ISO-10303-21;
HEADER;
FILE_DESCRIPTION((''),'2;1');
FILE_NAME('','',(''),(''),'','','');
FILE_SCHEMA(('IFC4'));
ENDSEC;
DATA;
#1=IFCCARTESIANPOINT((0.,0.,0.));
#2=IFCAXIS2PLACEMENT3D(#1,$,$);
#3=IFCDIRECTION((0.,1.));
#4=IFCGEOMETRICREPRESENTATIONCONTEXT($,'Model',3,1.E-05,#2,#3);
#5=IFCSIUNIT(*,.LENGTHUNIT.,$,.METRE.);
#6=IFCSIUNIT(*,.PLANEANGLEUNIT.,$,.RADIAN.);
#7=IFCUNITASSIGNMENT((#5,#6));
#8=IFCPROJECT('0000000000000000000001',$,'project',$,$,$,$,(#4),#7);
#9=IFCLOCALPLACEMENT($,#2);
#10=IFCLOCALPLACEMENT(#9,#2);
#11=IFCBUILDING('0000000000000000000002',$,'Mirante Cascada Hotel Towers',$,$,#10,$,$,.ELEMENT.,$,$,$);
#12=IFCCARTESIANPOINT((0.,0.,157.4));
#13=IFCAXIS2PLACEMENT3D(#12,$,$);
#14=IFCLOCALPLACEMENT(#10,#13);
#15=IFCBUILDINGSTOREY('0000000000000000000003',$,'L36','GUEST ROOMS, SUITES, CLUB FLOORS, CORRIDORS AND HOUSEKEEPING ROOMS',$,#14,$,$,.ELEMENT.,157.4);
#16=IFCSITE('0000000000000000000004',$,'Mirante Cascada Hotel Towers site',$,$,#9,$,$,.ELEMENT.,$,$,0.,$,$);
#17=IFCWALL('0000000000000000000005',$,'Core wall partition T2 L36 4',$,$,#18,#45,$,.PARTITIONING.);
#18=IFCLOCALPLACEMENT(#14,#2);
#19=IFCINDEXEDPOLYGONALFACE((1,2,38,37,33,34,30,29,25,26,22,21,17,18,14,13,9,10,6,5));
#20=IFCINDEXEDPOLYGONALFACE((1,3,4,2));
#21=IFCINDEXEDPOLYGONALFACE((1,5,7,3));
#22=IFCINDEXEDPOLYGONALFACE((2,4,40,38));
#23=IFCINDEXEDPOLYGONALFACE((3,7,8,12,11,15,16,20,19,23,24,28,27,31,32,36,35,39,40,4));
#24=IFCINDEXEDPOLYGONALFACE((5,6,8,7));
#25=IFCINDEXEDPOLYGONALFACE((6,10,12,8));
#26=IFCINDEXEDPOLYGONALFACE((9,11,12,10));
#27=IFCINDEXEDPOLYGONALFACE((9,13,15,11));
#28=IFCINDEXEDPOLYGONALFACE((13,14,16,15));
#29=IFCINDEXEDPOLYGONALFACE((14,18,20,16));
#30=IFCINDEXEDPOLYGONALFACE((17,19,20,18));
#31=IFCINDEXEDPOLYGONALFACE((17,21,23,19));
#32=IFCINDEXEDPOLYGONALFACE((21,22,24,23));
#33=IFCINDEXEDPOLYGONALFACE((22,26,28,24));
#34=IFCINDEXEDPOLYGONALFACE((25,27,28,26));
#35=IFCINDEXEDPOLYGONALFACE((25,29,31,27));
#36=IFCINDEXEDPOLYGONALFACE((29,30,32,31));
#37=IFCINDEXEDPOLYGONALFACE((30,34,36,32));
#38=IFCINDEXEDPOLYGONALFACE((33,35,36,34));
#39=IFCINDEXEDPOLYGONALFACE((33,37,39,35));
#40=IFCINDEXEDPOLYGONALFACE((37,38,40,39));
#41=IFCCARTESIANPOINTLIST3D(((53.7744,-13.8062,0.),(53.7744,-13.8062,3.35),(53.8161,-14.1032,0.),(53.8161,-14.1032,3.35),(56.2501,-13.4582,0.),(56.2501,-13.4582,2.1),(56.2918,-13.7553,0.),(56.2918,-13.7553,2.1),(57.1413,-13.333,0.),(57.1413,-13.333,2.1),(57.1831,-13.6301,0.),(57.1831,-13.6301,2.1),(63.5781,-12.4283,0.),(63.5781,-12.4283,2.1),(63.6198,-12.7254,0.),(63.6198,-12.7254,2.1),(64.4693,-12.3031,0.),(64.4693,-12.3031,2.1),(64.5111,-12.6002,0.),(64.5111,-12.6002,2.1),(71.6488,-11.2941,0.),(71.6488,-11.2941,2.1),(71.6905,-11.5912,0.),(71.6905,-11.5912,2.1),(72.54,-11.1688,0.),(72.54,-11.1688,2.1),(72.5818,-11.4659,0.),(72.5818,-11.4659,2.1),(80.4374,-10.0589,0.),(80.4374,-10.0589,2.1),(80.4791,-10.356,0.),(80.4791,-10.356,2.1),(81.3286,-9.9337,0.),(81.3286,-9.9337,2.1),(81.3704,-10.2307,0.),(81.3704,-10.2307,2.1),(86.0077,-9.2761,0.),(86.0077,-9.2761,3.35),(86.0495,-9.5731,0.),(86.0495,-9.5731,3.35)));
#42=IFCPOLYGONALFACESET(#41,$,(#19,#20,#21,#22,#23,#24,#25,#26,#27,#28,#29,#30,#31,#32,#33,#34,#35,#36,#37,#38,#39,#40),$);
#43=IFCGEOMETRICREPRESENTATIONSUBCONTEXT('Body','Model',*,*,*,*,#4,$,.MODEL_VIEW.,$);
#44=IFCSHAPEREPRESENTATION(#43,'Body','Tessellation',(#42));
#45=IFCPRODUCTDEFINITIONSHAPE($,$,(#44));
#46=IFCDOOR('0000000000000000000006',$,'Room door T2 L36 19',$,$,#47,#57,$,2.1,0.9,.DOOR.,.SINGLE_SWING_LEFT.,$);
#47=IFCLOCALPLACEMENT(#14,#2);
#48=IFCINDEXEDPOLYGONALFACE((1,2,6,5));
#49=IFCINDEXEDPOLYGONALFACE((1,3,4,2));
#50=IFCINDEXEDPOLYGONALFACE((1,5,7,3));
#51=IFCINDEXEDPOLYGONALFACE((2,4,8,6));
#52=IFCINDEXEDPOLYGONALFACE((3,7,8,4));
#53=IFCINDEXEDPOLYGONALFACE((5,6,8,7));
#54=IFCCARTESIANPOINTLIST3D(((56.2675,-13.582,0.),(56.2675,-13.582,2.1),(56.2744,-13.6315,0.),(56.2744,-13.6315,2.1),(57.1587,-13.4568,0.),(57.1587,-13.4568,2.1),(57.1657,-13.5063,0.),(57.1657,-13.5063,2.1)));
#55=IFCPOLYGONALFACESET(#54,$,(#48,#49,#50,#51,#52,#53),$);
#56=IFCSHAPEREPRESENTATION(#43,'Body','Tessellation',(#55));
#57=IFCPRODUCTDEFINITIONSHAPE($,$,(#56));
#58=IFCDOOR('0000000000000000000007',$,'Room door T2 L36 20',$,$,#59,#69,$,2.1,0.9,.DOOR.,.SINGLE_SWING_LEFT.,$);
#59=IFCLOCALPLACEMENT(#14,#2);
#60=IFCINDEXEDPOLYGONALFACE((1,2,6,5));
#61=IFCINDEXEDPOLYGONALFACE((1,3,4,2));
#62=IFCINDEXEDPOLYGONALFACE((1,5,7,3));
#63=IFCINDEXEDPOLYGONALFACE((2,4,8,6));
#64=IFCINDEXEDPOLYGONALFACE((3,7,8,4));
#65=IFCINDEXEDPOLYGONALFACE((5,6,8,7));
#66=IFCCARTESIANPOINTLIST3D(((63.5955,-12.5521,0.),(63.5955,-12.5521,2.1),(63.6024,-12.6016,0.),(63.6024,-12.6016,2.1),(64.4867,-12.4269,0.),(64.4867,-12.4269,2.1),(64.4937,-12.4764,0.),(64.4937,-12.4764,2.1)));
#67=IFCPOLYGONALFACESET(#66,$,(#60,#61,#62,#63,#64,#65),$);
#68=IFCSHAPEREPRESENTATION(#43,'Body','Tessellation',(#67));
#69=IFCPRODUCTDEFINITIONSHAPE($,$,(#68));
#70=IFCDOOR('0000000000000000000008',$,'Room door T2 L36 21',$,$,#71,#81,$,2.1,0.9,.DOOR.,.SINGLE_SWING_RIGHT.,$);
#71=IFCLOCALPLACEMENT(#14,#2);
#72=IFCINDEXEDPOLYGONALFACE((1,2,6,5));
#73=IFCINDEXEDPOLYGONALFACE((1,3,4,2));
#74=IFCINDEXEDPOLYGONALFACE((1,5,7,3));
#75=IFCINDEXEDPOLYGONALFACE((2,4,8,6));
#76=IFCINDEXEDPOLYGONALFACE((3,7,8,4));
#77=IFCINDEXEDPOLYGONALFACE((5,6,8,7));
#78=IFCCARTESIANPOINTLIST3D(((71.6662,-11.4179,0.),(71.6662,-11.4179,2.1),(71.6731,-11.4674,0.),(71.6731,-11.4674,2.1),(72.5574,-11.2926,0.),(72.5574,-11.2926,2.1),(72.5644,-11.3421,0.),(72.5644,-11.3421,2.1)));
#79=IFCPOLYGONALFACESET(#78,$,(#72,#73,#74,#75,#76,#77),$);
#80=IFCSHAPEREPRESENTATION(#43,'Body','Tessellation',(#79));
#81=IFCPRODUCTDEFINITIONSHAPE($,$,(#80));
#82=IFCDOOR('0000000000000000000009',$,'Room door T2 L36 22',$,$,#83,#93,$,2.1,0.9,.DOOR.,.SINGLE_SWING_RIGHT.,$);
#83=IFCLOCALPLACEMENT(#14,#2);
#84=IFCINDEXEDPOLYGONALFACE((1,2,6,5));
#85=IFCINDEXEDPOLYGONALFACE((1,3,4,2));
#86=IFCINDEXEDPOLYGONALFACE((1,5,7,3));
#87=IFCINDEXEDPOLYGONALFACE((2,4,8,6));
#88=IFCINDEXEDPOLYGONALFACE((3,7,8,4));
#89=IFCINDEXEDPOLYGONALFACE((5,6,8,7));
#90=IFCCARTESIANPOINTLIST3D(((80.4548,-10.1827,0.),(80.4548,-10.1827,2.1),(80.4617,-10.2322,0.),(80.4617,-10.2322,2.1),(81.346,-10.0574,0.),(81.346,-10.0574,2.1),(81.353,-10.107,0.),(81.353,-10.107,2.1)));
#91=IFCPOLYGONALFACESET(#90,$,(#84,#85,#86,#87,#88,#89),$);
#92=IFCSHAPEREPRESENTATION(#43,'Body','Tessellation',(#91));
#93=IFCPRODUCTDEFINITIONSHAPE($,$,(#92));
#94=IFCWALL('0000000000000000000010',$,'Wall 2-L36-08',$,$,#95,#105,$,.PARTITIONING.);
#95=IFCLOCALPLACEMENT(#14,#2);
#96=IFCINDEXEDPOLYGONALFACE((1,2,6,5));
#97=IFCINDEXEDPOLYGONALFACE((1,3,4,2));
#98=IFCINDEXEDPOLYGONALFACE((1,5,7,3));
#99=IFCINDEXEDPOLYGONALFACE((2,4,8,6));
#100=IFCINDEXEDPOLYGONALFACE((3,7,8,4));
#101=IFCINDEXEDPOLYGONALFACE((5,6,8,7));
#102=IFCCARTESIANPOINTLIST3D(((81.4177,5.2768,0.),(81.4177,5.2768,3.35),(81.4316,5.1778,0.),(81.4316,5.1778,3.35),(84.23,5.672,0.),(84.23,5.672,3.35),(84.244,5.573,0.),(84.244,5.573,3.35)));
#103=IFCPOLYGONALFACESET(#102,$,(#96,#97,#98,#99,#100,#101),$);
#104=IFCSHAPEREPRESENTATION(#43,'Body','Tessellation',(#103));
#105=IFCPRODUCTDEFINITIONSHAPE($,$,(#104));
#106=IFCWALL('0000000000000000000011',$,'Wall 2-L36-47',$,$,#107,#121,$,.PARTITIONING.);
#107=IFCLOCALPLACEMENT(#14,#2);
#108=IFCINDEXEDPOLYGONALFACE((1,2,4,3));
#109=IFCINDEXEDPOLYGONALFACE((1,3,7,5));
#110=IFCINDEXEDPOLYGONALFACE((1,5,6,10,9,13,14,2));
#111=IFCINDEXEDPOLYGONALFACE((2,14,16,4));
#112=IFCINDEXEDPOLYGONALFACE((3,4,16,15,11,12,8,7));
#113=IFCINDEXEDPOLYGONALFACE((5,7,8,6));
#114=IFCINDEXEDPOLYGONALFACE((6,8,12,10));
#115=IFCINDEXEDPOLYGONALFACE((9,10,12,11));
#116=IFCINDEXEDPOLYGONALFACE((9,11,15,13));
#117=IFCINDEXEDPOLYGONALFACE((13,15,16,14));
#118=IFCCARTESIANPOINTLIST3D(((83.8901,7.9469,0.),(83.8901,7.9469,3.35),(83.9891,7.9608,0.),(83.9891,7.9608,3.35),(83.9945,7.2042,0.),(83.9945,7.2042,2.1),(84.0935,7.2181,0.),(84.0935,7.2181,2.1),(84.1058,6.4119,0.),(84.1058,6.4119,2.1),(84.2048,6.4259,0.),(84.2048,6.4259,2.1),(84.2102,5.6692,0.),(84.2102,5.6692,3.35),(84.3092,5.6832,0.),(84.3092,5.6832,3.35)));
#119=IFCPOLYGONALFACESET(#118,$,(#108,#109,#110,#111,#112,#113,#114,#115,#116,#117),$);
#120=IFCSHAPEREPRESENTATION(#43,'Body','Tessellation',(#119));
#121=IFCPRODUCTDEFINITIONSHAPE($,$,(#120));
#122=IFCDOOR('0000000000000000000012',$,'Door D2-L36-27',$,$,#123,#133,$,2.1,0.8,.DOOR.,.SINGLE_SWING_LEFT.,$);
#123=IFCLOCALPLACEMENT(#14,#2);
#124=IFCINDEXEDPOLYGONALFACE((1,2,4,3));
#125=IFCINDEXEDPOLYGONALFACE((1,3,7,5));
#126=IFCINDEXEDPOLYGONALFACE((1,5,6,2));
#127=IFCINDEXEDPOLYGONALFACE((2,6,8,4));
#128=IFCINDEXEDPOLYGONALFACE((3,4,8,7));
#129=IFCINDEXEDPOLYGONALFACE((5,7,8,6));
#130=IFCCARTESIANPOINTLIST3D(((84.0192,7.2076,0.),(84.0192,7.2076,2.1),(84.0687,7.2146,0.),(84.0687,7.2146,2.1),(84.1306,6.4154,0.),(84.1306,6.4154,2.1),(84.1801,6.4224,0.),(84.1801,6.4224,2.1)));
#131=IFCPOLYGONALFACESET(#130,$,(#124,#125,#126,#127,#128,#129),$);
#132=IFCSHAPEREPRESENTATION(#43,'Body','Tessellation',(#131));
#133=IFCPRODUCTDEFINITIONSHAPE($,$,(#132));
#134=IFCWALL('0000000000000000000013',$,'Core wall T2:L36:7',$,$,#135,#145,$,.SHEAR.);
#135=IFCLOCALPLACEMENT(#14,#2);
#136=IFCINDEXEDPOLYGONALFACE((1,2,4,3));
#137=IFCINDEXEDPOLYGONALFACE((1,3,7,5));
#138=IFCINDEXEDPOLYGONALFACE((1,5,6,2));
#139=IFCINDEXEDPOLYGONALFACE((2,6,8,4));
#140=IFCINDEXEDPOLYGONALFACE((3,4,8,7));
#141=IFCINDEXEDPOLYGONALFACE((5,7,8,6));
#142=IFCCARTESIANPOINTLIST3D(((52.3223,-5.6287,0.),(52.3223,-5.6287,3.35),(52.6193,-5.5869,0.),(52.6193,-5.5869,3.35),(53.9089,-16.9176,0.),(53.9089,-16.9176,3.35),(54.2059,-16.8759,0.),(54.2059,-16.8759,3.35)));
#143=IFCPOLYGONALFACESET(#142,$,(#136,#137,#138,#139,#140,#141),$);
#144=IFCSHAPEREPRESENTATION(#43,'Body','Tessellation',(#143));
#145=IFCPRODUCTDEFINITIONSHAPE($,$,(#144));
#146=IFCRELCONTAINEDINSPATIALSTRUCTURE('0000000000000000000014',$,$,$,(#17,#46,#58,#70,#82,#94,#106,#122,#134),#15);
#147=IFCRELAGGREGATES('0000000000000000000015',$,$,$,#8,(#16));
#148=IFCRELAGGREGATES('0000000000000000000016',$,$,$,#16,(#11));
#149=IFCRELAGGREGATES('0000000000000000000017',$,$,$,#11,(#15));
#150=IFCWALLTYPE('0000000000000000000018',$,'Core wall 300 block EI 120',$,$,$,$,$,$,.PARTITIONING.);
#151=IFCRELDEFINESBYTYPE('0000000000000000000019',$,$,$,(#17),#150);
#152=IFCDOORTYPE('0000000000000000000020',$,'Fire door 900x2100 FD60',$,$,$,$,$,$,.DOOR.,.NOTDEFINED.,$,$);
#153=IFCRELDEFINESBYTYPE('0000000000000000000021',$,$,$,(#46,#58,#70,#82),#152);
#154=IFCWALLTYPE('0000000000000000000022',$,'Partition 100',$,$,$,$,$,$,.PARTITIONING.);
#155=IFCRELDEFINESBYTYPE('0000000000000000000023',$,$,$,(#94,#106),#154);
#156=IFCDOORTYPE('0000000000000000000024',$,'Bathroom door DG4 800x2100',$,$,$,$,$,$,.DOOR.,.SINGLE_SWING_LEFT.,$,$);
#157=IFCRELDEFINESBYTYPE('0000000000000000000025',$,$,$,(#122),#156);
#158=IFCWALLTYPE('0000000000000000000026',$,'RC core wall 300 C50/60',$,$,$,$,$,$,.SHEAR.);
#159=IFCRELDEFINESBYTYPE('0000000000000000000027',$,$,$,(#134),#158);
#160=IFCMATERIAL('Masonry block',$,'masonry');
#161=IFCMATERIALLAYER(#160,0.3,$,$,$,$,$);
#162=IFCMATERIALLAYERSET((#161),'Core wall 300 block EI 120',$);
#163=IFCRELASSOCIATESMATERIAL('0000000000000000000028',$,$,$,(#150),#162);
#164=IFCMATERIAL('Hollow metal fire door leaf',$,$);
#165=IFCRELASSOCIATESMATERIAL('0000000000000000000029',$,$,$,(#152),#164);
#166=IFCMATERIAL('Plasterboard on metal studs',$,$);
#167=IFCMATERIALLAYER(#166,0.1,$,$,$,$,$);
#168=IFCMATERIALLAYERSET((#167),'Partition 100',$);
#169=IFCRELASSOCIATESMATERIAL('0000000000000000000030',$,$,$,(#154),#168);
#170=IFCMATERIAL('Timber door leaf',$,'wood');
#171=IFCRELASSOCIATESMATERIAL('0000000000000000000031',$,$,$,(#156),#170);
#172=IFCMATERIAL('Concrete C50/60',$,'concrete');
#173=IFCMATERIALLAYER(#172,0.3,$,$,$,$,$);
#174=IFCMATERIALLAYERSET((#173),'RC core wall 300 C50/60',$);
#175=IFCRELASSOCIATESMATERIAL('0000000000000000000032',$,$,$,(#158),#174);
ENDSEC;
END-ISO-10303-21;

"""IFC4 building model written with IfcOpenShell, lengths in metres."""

from ifc_helpers import new_model, si_unit, direction, frame, frame_2d, origin, place, context, subcontext, project, spatial, rectangle, extrude, material, layer, layer_set, type_object, element, fill, save


model = new_model("IFC4")

# Units and contexts
model_context = context("Model", 3, precision=1e-05, world=origin(), true_north=direction((0.0, 1.0)))
body_context = subcontext(model_context, "Body", "Model", "MODEL_VIEW")
ifc_project = project(units=[si_unit("LENGTHUNIT", "METRE"), si_unit("PLANEANGLEUNIT", "RADIAN")], contexts=[model_context])

# Site, building, storey
site_placement = place(None, origin())
site = spatial("IfcSite", under=ifc_project, at=site_placement, Name="Mirante Cascada Hotel Towers site", CompositionType="ELEMENT", RefElevation=0.0)
building_placement = place(site_placement, origin())
building = spatial("IfcBuilding", under=site, at=building_placement, Name="Mirante Cascada Hotel Towers", CompositionType="ELEMENT")
storey_placement = place(building_placement, frame((0.0, 0.0, 157.4)))
storey = spatial("IfcBuildingStorey", under=building, at=storey_placement, Name="L36", Description="GUEST ROOMS, SUITES, CLUB FLOORS, CORRIDORS AND HOUSEKEEPING ROOMS", CompositionType="ELEMENT", Elevation=157.4)

# Wall, openings, doors
ifc_material_1 = material(Name="Masonry block", Category="masonry")
ifc_layer_1 = layer(ifc_material_1, 0.3)
ifc_layer_set_1 = layer_set([ifc_layer_1], Name="Core wall 300 block EI 120")
wall_type_1 = type_object("IfcWallType", Name="Core wall 300 block EI 120", PredefinedType="PARTITIONING", material=ifc_layer_set_1)
wall_1_placement = place(storey_placement, frame((53.7953, -13.9547, 0.0), z_axis=(0.0, 0.0, 1.0), x_axis=(0.990268, 0.139173, 0.0)))
wall_1 = element("IfcWall", 1, at=wall_1_placement, inside=storey, type_object=wall_type_1, Name="Core wall partition T2 L36 4", PredefinedType="PARTITIONING", context=body_context, shape_type="SweptSolid", body=[
    extrude(rectangle(XDim=32.5501, YDim=0.3, at=frame_2d((16.275, 0.0))), origin(), (0.0, 0.0, 1.0), 3.35),
])
opening_1_placement = place(wall_1_placement, frame((2.5, 0.0, 0.0)))
opening_1 = element("IfcOpeningElement", 2, at=opening_1_placement, cuts=wall_1, PredefinedType="OPENING", context=body_context, shape_type="SweptSolid", body=[
    extrude(rectangle(XDim=0.9, YDim=2.1, at=frame_2d((0.45, 1.05))), frame((0.0, 0.15, 0.0), z_axis=(0.0, -1.0, 0.0), x_axis=(1.0, 0.0, 0.0)), (0.0, 0.0, 1.0), 0.3),
])
opening_2_placement = place(wall_1_placement, frame((9.9, 0.0, 0.0)))
opening_2 = element("IfcOpeningElement", 3, at=opening_2_placement, cuts=wall_1, PredefinedType="OPENING", context=body_context, shape_type="SweptSolid", body=[
    extrude(rectangle(XDim=0.9, YDim=2.1, at=frame_2d((0.45, 1.05))), frame((0.0, 0.15, 0.0), z_axis=(0.0, -1.0, 0.0), x_axis=(1.0, 0.0, 0.0)), (0.0, 0.0, 1.0), 0.3),
])
opening_3_placement = place(wall_1_placement, frame((18.05, 0.0, 0.0)))
opening_3 = element("IfcOpeningElement", 4, at=opening_3_placement, cuts=wall_1, PredefinedType="OPENING", context=body_context, shape_type="SweptSolid", body=[
    extrude(rectangle(XDim=0.9, YDim=2.1, at=frame_2d((0.45, 1.05))), frame((0.0, 0.15, 0.0), z_axis=(0.0, -1.0, 0.0), x_axis=(1.0, 0.0, 0.0)), (0.0, 0.0, 1.0), 0.3),
])
opening_4_placement = place(wall_1_placement, frame((26.925, 0.0, 0.0)))
opening_4 = element("IfcOpeningElement", 5, at=opening_4_placement, cuts=wall_1, PredefinedType="OPENING", context=body_context, shape_type="SweptSolid", body=[
    extrude(rectangle(XDim=0.9, YDim=2.1, at=frame_2d((0.45, 1.05))), frame((0.0, 0.15, 0.0), z_axis=(0.0, -1.0, 0.0), x_axis=(1.0, 0.0, 0.0)), (0.0, 0.0, 1.0), 0.3),
])
ifc_material_2 = material(Name="Hollow metal fire door leaf")
door_type_1 = type_object("IfcDoorType", Name="Fire door 900x2100 FD60", OperationType="NOTDEFINED", PredefinedType="DOOR", material=ifc_material_2)
door_1_placement = place(opening_1_placement, frame((0.9, 0.0, 0.0), z_axis=(0.0, 0.0, 1.0), x_axis=(-1.0, 0.0, 0.0)))
door_1 = element("IfcDoor", 6, at=door_1_placement, inside=storey, type_object=door_type_1, Name="Room door T2 L36 19", OperationType="SINGLE_SWING_LEFT", OverallHeight=2.1, OverallWidth=0.9, PredefinedType="DOOR", context=body_context, shape_type="SweptSolid", body=[
    extrude(rectangle(XDim=0.9, YDim=2.1, at=frame_2d((0.45, 1.05))), frame((0.0, 0.025, 0.0), z_axis=(0.0, -1.0, 0.0), x_axis=(1.0, 0.0, 0.0)), (0.0, 0.0, 1.0), 0.05),
])
fill(opening_1, door_1)
door_2_placement = place(opening_2_placement, frame((0.9, 0.0, 0.0), z_axis=(0.0, 0.0, 1.0), x_axis=(-1.0, 0.0, 0.0)))
door_2 = element("IfcDoor", 7, at=door_2_placement, inside=storey, type_object=door_type_1, Name="Room door T2 L36 20", OperationType="SINGLE_SWING_LEFT", OverallHeight=2.1, OverallWidth=0.9, PredefinedType="DOOR", context=body_context, shape_type="SweptSolid", body=[
    extrude(rectangle(XDim=0.9, YDim=2.1, at=frame_2d((0.45, 1.05))), frame((0.0, 0.025, 0.0), z_axis=(0.0, -1.0, 0.0), x_axis=(1.0, 0.0, 0.0)), (0.0, 0.0, 1.0), 0.05),
])
fill(opening_2, door_2)
door_3_placement = place(opening_3_placement, frame((0.9, 0.0, 0.0), z_axis=(0.0, 0.0, 1.0), x_axis=(-1.0, 0.0, 0.0)))
door_3 = element("IfcDoor", 8, at=door_3_placement, inside=storey, type_object=door_type_1, Name="Room door T2 L36 21", OperationType="SINGLE_SWING_RIGHT", OverallHeight=2.1, OverallWidth=0.9, PredefinedType="DOOR", context=body_context, shape_type="SweptSolid", body=[
    extrude(rectangle(XDim=0.9, YDim=2.1, at=frame_2d((0.45, 1.05))), frame((0.0, 0.025, 0.0), z_axis=(0.0, -1.0, 0.0), x_axis=(1.0, 0.0, 0.0)), (0.0, 0.0, 1.0), 0.05),
])
fill(opening_3, door_3)
door_4_placement = place(opening_4_placement, frame((0.9, 0.0, 0.0), z_axis=(0.0, 0.0, 1.0), x_axis=(-1.0, 0.0, 0.0)))
door_4 = element("IfcDoor", 9, at=door_4_placement, inside=storey, type_object=door_type_1, Name="Room door T2 L36 22", OperationType="SINGLE_SWING_RIGHT", OverallHeight=2.1, OverallWidth=0.9, PredefinedType="DOOR", context=body_context, shape_type="SweptSolid", body=[
    extrude(rectangle(XDim=0.9, YDim=2.1, at=frame_2d((0.45, 1.05))), frame((0.0, 0.025, 0.0), z_axis=(0.0, -1.0, 0.0), x_axis=(1.0, 0.0, 0.0)), (0.0, 0.0, 1.0), 0.05),
])
fill(opening_4, door_4)

# Wall
ifc_material_3 = material(Name="Plasterboard on metal studs")
ifc_layer_2 = layer(ifc_material_3, 0.1)
ifc_layer_set_2 = layer_set([ifc_layer_2], Name="Partition 100")
wall_type_2 = type_object("IfcWallType", Name="Partition 100", PredefinedType="PARTITIONING", material=ifc_layer_set_2)
wall_2_placement = place(storey_placement, frame((84.237, 5.6225, 0.0), z_axis=(0.0, 0.0, 1.0), x_axis=(-0.990271, -0.139153, 0.0)))
element("IfcWall", 10, at=wall_2_placement, inside=storey, type_object=wall_type_2, Name="Wall 2-L36-08", PredefinedType="PARTITIONING", context=body_context, shape_type="SweptSolid", body=[
    extrude(rectangle(XDim=2.84, YDim=0.1, at=frame_2d((1.42, 0.0))), origin(), (0.0, 0.0, 1.0), 3.35),
])

# Wall, opening, door
wall_3_placement = place(storey_placement, frame((84.2597, 5.6762, 0.0), z_axis=(0.0, 0.0, 1.0), x_axis=(-0.139175, 0.990268, 0.0)))
wall_3 = element("IfcWall", 11, at=wall_3_placement, inside=storey, type_object=wall_type_2, Name="Wall 2-L36-47", PredefinedType="PARTITIONING", context=body_context, shape_type="SweptSolid", body=[
    extrude(rectangle(XDim=2.3, YDim=0.1, at=frame_2d((1.15, 0.0))), origin(), (0.0, 0.0, 1.0), 3.35),
])
opening_5_placement = place(wall_3_placement, frame((0.75, 0.0, 0.0)))
opening_5 = element("IfcOpeningElement", 12, at=opening_5_placement, cuts=wall_3, PredefinedType="OPENING", context=body_context, shape_type="SweptSolid", body=[
    extrude(rectangle(XDim=0.8, YDim=2.1, at=frame_2d((0.4, 1.05))), frame((0.0, 0.05, 0.0), z_axis=(0.0, -1.0, 0.0), x_axis=(1.0, 0.0, 0.0)), (0.0, 0.0, 1.0), 0.1),
])
ifc_material_4 = material(Name="Timber door leaf", Category="wood")
door_type_2 = type_object("IfcDoorType", Name="Bathroom door DG4 800x2100", OperationType="SINGLE_SWING_LEFT", PredefinedType="DOOR", material=ifc_material_4)
door_5_placement = place(opening_5_placement, origin())
door_5 = element("IfcDoor", 13, at=door_5_placement, inside=storey, type_object=door_type_2, Name="Door D2-L36-27", OperationType="SINGLE_SWING_LEFT", OverallHeight=2.1, OverallWidth=0.8, PredefinedType="DOOR", context=body_context, shape_type="SweptSolid", body=[
    extrude(rectangle(XDim=0.8, YDim=2.1, at=frame_2d((0.4, 1.05))), frame((0.0, 0.025, 0.0), z_axis=(0.0, -1.0, 0.0), x_axis=(1.0, 0.0, 0.0)), (0.0, 0.0, 1.0), 0.05),
])
fill(opening_5, door_5)

# Wall
ifc_material_5 = material(Name="Concrete C50/60", Category="concrete")
ifc_layer_3 = layer(ifc_material_5, 0.3)
ifc_layer_set_3 = layer_set([ifc_layer_3], Name="RC core wall 300 C50/60")
wall_type_3 = type_object("IfcWallType", Name="RC core wall 300 C50/60", PredefinedType="SHEAR", material=ifc_layer_set_3)
wall_4_placement = place(storey_placement, frame((54.0574, -16.8968, 0.0), z_axis=(0.0, 0.0, 1.0), x_axis=(-0.139176, 0.990268, 0.0)))
element("IfcWall", 14, at=wall_4_placement, inside=storey, type_object=wall_type_3, Name="Core wall T2:L36:7", PredefinedType="SHEAR", context=body_context, shape_type="SweptSolid", body=[
    extrude(rectangle(XDim=11.3999, YDim=0.3, at=frame_2d((5.7, 0.0))), origin(), (0.0, 0.0, 1.0), 3.35),
])

save(model, "model.ifc")
